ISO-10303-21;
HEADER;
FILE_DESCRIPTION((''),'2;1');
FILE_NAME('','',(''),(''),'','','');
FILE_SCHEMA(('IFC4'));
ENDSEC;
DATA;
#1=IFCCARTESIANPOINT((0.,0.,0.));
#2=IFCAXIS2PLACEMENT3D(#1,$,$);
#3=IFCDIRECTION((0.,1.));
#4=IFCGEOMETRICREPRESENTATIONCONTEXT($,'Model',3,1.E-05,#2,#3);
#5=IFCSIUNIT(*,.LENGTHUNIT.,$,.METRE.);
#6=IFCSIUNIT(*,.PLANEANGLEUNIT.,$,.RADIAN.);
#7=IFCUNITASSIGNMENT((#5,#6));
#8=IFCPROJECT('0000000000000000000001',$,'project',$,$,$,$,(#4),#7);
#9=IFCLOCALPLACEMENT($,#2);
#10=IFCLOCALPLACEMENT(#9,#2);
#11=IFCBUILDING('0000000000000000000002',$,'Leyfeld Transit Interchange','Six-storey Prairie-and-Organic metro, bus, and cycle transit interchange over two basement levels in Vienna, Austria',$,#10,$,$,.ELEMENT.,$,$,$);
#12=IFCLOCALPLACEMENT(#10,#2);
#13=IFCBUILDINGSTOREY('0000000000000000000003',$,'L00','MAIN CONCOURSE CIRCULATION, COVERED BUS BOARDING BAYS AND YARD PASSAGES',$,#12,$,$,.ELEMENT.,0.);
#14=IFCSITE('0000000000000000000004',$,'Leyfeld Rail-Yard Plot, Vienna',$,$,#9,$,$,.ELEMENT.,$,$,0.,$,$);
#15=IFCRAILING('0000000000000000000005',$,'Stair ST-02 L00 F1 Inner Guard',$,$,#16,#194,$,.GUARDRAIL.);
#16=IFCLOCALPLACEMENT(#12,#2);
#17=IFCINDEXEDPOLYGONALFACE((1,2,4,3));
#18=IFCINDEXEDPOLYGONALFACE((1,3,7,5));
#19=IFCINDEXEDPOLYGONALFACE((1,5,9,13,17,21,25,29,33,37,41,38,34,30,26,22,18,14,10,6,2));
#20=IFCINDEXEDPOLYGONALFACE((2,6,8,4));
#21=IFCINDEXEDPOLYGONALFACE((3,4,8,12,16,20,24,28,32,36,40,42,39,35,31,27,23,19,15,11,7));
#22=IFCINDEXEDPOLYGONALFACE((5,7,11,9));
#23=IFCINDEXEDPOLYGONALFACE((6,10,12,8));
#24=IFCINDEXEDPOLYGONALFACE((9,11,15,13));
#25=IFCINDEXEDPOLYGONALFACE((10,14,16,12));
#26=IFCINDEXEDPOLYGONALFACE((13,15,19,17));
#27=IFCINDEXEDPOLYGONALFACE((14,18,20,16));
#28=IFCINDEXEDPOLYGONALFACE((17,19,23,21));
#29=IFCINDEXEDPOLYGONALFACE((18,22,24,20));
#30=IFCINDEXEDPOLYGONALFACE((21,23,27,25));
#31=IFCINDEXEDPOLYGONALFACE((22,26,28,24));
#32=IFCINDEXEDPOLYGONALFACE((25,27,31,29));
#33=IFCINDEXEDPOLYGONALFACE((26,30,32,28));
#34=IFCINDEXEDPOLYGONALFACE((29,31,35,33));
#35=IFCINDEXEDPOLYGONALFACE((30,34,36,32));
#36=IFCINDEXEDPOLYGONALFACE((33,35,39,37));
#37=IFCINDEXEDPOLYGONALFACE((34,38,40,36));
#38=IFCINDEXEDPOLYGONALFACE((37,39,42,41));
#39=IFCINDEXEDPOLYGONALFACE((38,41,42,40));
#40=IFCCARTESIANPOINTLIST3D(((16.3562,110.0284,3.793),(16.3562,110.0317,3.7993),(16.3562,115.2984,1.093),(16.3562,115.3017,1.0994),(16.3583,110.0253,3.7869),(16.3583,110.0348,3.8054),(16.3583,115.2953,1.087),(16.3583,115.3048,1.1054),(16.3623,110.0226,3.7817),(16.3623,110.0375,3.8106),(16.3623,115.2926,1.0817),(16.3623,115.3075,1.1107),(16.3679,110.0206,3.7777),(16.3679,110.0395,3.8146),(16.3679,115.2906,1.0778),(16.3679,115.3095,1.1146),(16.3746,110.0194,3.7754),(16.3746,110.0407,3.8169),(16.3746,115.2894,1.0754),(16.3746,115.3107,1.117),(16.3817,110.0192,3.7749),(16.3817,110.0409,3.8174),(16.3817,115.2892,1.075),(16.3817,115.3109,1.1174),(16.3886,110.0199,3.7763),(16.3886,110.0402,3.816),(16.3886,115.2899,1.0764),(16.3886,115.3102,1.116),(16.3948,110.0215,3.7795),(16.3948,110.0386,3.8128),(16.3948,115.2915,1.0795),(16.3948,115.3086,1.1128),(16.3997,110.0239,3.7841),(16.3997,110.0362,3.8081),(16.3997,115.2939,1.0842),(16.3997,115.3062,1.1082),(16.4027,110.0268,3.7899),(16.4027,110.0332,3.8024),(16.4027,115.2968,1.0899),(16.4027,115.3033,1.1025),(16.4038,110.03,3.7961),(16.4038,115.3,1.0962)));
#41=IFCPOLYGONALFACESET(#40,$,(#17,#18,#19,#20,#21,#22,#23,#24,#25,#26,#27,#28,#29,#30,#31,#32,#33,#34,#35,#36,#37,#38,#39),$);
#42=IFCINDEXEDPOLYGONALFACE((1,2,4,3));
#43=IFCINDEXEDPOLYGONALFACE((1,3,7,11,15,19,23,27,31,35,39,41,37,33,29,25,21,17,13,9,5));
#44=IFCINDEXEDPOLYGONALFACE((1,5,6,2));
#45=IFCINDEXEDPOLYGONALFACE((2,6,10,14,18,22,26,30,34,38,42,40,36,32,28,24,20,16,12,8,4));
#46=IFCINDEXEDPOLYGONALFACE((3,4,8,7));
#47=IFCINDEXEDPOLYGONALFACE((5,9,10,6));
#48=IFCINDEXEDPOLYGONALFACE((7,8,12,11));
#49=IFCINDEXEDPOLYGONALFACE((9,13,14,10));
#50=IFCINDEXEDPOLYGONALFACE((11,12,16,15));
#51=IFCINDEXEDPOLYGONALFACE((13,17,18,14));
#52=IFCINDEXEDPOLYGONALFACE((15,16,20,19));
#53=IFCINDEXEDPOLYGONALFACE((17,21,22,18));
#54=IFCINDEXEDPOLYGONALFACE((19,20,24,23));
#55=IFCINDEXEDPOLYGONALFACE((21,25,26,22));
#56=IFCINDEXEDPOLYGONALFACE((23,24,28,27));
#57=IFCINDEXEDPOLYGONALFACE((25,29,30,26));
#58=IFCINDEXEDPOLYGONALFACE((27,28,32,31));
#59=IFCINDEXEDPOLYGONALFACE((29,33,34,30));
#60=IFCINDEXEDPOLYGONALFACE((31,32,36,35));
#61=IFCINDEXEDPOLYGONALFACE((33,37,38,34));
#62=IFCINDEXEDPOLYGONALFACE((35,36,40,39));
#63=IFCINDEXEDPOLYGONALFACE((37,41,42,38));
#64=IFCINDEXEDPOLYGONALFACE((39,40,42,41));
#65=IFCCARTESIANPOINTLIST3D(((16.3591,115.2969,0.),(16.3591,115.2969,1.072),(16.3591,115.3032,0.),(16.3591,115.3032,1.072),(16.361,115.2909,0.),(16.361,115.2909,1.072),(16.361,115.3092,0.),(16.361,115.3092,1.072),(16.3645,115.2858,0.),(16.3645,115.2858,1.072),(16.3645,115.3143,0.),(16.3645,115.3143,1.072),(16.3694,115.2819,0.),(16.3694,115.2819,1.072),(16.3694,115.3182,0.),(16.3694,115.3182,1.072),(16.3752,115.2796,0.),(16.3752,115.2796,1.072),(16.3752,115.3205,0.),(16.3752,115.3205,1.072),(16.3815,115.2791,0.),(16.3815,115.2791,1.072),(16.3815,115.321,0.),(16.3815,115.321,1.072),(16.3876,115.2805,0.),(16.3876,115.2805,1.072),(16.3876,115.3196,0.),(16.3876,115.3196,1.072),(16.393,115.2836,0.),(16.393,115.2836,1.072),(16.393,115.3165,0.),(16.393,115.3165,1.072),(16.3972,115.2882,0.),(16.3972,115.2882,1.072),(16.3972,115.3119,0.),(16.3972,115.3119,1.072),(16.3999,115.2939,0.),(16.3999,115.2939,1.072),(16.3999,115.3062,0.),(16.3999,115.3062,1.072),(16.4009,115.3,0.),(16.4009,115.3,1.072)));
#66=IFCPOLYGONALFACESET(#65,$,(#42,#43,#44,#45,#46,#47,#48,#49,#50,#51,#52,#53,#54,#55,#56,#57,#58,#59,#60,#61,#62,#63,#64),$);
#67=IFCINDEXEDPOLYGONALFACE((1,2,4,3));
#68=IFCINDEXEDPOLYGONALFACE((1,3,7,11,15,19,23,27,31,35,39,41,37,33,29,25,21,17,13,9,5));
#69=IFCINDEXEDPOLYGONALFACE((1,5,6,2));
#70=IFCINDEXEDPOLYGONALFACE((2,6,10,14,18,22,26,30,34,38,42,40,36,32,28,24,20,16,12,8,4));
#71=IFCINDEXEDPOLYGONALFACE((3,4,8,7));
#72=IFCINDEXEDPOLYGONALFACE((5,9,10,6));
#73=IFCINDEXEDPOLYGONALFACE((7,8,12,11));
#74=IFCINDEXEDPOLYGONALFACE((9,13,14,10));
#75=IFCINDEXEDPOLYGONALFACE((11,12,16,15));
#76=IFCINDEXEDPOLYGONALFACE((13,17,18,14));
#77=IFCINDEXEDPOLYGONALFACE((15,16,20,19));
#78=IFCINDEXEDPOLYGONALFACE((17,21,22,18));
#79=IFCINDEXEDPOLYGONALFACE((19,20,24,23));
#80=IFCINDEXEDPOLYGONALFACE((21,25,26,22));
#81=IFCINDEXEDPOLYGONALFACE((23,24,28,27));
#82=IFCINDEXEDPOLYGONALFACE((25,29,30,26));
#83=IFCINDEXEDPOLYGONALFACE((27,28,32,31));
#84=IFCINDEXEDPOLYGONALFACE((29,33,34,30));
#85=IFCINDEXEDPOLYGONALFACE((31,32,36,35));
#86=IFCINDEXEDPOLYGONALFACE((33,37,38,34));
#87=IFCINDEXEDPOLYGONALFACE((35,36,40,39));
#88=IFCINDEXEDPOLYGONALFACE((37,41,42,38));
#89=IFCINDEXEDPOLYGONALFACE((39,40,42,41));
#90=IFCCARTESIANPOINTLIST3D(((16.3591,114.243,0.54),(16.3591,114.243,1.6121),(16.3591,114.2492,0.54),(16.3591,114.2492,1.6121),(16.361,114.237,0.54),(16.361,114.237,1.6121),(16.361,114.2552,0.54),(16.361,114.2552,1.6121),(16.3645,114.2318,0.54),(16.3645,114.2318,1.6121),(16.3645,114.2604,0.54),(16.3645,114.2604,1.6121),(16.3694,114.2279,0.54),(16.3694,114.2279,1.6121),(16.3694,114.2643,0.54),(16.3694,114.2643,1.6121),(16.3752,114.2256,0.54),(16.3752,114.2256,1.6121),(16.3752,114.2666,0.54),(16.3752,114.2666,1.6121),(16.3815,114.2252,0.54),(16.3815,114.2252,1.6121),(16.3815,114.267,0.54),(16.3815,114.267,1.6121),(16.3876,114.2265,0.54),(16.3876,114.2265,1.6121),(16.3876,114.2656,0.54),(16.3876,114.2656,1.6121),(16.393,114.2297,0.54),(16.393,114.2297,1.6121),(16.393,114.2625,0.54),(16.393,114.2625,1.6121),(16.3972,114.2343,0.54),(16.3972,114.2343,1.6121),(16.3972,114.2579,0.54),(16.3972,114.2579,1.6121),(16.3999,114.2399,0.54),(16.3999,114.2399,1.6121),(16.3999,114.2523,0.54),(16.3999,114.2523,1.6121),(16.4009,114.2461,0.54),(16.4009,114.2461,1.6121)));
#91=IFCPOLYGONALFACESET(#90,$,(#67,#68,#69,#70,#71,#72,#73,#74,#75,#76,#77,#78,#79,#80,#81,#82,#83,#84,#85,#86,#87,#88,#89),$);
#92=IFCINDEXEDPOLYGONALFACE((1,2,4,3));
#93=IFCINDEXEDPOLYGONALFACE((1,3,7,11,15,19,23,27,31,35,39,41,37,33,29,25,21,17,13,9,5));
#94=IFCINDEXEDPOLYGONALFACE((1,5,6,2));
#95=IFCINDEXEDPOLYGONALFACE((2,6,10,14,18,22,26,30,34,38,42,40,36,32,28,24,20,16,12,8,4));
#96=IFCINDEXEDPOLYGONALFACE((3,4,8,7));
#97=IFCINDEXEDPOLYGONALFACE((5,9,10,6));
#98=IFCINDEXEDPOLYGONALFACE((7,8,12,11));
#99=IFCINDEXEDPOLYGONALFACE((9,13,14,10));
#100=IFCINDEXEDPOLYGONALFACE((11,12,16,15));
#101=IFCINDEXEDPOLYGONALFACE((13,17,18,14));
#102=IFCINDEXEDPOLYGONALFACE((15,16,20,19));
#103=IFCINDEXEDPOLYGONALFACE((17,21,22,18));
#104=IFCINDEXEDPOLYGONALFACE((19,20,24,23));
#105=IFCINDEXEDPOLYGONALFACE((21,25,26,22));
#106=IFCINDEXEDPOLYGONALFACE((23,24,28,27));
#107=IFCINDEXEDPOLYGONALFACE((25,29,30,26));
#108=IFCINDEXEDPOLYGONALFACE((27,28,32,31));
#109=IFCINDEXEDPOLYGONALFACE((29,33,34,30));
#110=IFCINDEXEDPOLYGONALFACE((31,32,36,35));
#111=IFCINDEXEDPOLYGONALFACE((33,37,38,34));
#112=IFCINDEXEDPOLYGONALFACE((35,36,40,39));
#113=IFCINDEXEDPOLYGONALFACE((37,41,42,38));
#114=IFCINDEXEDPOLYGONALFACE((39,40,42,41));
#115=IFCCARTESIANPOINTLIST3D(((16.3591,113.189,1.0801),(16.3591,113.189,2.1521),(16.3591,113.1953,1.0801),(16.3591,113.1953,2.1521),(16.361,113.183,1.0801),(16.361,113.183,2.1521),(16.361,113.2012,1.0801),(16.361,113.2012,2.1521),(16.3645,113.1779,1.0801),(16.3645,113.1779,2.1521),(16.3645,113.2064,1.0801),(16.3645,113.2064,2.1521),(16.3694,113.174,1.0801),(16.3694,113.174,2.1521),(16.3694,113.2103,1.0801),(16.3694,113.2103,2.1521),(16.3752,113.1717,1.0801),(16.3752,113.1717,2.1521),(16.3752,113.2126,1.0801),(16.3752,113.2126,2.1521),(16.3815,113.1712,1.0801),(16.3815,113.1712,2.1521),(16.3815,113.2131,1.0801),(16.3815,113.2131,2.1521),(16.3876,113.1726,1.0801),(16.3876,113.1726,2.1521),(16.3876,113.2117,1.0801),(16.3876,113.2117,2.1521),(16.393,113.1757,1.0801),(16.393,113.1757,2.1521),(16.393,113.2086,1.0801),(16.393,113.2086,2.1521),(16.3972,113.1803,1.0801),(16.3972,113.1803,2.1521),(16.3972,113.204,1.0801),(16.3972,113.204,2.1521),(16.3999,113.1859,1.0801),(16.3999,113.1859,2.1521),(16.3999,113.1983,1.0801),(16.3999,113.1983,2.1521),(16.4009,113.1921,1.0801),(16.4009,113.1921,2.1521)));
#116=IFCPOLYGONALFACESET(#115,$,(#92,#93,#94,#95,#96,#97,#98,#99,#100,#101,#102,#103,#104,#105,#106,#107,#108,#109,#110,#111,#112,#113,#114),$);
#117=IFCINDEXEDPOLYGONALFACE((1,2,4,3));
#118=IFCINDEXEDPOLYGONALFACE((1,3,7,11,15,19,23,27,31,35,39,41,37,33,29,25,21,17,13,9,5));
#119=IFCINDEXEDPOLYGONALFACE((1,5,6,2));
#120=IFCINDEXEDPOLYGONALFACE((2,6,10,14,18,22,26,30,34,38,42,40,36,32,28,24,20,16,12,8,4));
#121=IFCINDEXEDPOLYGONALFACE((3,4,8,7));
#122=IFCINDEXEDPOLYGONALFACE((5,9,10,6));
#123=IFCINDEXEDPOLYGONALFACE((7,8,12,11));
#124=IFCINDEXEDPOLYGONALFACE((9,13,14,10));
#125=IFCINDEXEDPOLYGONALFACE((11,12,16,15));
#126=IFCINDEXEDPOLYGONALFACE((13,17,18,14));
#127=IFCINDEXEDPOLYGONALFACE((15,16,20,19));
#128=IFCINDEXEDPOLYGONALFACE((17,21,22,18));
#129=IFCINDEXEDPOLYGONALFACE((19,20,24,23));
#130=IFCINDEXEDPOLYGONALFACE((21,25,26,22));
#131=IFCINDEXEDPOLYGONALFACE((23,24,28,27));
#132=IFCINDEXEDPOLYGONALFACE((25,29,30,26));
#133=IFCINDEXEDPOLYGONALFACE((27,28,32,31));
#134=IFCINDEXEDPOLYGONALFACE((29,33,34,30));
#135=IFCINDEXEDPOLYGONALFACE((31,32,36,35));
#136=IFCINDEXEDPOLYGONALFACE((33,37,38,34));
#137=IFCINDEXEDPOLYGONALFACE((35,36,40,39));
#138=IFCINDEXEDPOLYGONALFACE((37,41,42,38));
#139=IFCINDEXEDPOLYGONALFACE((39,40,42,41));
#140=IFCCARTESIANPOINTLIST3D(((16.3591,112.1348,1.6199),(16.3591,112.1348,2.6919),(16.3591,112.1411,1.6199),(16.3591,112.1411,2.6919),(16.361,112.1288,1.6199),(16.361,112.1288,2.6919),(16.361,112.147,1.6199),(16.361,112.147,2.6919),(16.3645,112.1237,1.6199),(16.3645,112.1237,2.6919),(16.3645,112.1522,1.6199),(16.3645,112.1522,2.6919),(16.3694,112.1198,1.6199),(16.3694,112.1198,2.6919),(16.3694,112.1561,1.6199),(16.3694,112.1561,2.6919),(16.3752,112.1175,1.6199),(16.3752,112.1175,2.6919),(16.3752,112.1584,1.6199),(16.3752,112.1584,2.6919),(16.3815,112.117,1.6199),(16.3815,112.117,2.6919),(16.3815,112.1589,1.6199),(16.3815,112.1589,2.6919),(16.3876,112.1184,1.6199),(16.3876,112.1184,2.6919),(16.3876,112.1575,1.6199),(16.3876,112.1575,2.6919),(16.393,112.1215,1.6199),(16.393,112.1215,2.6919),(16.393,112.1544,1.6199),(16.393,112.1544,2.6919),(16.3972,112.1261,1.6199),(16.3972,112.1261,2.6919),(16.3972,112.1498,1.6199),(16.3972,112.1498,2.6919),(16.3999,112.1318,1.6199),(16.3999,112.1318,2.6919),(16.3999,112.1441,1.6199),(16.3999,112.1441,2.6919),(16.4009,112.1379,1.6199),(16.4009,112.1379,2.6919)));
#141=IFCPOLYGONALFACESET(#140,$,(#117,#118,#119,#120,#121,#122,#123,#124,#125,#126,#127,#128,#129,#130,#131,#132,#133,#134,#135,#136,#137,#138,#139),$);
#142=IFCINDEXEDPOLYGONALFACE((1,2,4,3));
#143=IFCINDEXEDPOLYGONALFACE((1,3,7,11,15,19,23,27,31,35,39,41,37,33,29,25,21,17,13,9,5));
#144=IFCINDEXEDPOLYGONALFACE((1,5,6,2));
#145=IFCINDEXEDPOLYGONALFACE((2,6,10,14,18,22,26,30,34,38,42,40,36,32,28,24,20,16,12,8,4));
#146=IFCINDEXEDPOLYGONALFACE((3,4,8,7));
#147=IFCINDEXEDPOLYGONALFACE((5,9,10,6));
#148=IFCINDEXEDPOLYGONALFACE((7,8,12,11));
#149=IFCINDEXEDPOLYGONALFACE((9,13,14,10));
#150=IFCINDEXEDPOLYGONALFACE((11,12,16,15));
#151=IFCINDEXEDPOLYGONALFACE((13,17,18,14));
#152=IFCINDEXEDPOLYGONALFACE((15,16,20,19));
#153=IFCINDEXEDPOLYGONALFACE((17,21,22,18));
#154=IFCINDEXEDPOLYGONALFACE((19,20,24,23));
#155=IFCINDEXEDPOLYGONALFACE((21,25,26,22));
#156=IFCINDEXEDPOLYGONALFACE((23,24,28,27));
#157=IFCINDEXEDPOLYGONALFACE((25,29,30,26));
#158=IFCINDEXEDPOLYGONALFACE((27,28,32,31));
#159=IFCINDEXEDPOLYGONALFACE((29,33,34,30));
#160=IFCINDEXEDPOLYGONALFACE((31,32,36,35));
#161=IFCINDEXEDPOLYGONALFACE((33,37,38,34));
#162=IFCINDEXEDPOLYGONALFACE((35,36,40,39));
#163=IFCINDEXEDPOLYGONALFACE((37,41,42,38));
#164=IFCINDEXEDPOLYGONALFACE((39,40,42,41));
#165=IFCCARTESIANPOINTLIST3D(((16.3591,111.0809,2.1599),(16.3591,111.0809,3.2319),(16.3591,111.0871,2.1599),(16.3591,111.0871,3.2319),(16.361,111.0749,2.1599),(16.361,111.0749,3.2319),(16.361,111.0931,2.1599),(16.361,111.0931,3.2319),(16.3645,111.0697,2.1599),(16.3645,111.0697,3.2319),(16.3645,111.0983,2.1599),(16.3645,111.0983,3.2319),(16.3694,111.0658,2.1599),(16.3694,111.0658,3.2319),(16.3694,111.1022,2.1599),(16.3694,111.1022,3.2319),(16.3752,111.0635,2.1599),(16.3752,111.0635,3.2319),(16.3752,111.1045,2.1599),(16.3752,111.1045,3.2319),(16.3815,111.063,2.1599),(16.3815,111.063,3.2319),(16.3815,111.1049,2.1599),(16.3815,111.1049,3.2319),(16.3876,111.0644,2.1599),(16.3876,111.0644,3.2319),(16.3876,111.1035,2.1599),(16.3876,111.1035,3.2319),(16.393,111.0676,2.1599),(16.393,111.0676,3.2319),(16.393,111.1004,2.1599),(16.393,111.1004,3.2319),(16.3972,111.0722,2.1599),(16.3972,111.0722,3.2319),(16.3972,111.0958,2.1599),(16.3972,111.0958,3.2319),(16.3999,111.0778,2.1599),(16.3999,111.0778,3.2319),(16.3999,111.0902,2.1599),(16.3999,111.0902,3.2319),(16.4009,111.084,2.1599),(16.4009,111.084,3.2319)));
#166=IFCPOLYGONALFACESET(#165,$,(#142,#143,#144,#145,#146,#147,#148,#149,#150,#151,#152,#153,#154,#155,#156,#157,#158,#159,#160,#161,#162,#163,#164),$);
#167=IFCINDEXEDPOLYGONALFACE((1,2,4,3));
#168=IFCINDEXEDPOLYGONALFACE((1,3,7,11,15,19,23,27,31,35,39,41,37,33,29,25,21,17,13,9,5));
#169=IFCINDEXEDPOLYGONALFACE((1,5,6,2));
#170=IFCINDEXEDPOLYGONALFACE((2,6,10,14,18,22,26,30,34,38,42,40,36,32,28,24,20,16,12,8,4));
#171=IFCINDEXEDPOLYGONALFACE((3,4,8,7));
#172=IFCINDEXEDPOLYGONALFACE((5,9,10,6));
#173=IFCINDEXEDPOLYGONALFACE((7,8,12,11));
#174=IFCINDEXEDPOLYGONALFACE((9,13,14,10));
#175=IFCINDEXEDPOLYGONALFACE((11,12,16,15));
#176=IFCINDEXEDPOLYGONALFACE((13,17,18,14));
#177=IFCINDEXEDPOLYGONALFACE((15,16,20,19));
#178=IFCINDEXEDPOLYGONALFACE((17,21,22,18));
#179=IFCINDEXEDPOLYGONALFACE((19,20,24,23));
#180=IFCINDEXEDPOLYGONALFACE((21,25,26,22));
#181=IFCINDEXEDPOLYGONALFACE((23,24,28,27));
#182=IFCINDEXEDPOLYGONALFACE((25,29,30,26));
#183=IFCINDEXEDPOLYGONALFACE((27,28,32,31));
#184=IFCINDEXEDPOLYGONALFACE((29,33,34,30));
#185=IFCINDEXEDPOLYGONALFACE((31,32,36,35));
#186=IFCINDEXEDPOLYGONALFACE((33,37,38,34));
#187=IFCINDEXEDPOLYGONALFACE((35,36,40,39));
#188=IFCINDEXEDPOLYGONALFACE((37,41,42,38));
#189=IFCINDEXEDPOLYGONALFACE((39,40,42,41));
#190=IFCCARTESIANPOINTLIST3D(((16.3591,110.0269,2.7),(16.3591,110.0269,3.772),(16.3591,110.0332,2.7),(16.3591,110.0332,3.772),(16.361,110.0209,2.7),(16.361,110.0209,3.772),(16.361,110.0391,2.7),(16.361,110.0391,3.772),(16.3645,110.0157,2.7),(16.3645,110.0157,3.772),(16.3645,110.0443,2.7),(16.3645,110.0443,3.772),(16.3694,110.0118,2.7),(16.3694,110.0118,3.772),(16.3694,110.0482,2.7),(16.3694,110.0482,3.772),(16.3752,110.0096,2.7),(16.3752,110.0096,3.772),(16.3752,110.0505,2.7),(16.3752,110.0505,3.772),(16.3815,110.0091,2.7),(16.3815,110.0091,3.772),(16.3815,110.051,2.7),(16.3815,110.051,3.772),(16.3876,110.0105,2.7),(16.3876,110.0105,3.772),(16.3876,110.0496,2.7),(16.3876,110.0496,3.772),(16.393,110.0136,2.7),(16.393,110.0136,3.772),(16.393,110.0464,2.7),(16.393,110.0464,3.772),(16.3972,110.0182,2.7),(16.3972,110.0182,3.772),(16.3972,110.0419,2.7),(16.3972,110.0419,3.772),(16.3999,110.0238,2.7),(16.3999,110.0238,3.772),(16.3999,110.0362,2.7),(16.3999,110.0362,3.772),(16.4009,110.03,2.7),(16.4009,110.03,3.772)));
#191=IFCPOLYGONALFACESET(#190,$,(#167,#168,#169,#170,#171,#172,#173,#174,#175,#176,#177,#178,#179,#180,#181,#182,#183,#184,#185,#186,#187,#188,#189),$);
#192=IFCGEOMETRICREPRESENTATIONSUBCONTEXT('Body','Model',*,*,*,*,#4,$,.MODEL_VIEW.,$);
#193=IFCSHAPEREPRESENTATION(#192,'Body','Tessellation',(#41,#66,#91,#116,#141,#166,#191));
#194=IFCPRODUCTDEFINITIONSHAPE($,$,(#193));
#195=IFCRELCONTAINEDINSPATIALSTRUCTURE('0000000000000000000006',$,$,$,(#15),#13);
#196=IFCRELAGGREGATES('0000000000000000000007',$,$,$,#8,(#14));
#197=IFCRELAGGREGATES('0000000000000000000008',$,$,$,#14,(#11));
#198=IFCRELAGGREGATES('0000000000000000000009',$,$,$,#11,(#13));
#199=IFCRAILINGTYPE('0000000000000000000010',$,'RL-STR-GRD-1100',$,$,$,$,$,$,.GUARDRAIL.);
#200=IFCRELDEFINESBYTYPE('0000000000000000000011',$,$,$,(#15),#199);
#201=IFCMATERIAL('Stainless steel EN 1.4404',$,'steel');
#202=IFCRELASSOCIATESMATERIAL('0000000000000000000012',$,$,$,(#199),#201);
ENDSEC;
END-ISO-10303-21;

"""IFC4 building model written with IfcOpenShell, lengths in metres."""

from ifc_helpers import new_model, si_unit, direction, frame, origin, origin_2d, place, context, subcontext, project, spatial, circle, extrude, material, type_object, element, save


model = new_model("IFC4")

# Units and contexts
model_context = context("Model", 3, precision=1e-05, world=origin(), true_north=direction((0.0, 1.0)))
body_context = subcontext(model_context, "Body", "Model", "MODEL_VIEW")
ifc_project = project(units=[si_unit("LENGTHUNIT", "METRE"), si_unit("PLANEANGLEUNIT", "RADIAN")], contexts=[model_context])

# Site, building, storey
site_placement = place(None, origin())
site = spatial("IfcSite", under=ifc_project, at=site_placement, Name="Leyfeld Rail-Yard Plot, Vienna", CompositionType="ELEMENT", RefElevation=0.0)
building_placement = place(site_placement, origin())
building = spatial("IfcBuilding", under=site, at=building_placement, Name="Leyfeld Transit Interchange", Description="Six-storey Prairie-and-Organic metro, bus, and cycle transit interchange over two basement levels in Vienna, Austria", CompositionType="ELEMENT")
storey_placement = place(building_placement, origin())
storey = spatial("IfcBuildingStorey", under=building, at=storey_placement, Name="L00", Description="MAIN CONCOURSE CIRCULATION, COVERED BUS BOARDING BAYS AND YARD PASSAGES", CompositionType="ELEMENT", Elevation=0.0)

# Shared definitions
ifc_material_1 = material(Name="Stainless steel EN 1.4404", Category="steel")

# Railing
railing_type_1 = type_object("IfcRailingType", Name="RL-STR-GRD-1100", PredefinedType="GUARDRAIL", material=ifc_material_1)
for number, where, name in (
    (1, (16.3799, 115.3, 0.0), "Stair ST-02 L00 F1 Inner Guard"),
):
    element("IfcRailing", number, at=place(storey_placement, frame(where)), inside=storey, type_object=railing_type_1, Name=name, PredefinedType="GUARDRAIL", context=body_context, shape_type="SweptSolid", body=[
        extrude(circle(Radius=0.0239, at=origin_2d()), frame((0.0, 0.0, 1.0962), z_axis=(0.0, -0.889997, 0.455966), x_axis=(1.0, 0.0, 0.0)), (0.0, 0.0, 1.0), 5.9214),
        extrude(circle(Radius=0.021, at=origin_2d()), origin(), (0.0, 0.0, 1.0), 1.072),
        extrude(circle(Radius=0.021, at=origin_2d()), frame((0.0, -1.054, 0.54)), (0.0, 0.0, 1.0), 1.072),
        extrude(circle(Radius=0.021, at=origin_2d()), frame((0.0, -2.1079, 1.0801)), (0.0, 0.0, 1.0), 1.072),
        extrude(circle(Radius=0.021, at=origin_2d()), frame((0.0, -3.1621, 1.6199)), (0.0, 0.0, 1.0), 1.072),
        extrude(circle(Radius=0.021, at=origin_2d()), frame((0.0, -4.2161, 2.1599)), (0.0, 0.0, 1.0), 1.072),
        extrude(circle(Radius=0.021, at=origin_2d()), frame((0.0, -5.27, 2.7)), (0.0, 0.0, 1.0), 1.072),
    ])

save(model, "model.ifc")
